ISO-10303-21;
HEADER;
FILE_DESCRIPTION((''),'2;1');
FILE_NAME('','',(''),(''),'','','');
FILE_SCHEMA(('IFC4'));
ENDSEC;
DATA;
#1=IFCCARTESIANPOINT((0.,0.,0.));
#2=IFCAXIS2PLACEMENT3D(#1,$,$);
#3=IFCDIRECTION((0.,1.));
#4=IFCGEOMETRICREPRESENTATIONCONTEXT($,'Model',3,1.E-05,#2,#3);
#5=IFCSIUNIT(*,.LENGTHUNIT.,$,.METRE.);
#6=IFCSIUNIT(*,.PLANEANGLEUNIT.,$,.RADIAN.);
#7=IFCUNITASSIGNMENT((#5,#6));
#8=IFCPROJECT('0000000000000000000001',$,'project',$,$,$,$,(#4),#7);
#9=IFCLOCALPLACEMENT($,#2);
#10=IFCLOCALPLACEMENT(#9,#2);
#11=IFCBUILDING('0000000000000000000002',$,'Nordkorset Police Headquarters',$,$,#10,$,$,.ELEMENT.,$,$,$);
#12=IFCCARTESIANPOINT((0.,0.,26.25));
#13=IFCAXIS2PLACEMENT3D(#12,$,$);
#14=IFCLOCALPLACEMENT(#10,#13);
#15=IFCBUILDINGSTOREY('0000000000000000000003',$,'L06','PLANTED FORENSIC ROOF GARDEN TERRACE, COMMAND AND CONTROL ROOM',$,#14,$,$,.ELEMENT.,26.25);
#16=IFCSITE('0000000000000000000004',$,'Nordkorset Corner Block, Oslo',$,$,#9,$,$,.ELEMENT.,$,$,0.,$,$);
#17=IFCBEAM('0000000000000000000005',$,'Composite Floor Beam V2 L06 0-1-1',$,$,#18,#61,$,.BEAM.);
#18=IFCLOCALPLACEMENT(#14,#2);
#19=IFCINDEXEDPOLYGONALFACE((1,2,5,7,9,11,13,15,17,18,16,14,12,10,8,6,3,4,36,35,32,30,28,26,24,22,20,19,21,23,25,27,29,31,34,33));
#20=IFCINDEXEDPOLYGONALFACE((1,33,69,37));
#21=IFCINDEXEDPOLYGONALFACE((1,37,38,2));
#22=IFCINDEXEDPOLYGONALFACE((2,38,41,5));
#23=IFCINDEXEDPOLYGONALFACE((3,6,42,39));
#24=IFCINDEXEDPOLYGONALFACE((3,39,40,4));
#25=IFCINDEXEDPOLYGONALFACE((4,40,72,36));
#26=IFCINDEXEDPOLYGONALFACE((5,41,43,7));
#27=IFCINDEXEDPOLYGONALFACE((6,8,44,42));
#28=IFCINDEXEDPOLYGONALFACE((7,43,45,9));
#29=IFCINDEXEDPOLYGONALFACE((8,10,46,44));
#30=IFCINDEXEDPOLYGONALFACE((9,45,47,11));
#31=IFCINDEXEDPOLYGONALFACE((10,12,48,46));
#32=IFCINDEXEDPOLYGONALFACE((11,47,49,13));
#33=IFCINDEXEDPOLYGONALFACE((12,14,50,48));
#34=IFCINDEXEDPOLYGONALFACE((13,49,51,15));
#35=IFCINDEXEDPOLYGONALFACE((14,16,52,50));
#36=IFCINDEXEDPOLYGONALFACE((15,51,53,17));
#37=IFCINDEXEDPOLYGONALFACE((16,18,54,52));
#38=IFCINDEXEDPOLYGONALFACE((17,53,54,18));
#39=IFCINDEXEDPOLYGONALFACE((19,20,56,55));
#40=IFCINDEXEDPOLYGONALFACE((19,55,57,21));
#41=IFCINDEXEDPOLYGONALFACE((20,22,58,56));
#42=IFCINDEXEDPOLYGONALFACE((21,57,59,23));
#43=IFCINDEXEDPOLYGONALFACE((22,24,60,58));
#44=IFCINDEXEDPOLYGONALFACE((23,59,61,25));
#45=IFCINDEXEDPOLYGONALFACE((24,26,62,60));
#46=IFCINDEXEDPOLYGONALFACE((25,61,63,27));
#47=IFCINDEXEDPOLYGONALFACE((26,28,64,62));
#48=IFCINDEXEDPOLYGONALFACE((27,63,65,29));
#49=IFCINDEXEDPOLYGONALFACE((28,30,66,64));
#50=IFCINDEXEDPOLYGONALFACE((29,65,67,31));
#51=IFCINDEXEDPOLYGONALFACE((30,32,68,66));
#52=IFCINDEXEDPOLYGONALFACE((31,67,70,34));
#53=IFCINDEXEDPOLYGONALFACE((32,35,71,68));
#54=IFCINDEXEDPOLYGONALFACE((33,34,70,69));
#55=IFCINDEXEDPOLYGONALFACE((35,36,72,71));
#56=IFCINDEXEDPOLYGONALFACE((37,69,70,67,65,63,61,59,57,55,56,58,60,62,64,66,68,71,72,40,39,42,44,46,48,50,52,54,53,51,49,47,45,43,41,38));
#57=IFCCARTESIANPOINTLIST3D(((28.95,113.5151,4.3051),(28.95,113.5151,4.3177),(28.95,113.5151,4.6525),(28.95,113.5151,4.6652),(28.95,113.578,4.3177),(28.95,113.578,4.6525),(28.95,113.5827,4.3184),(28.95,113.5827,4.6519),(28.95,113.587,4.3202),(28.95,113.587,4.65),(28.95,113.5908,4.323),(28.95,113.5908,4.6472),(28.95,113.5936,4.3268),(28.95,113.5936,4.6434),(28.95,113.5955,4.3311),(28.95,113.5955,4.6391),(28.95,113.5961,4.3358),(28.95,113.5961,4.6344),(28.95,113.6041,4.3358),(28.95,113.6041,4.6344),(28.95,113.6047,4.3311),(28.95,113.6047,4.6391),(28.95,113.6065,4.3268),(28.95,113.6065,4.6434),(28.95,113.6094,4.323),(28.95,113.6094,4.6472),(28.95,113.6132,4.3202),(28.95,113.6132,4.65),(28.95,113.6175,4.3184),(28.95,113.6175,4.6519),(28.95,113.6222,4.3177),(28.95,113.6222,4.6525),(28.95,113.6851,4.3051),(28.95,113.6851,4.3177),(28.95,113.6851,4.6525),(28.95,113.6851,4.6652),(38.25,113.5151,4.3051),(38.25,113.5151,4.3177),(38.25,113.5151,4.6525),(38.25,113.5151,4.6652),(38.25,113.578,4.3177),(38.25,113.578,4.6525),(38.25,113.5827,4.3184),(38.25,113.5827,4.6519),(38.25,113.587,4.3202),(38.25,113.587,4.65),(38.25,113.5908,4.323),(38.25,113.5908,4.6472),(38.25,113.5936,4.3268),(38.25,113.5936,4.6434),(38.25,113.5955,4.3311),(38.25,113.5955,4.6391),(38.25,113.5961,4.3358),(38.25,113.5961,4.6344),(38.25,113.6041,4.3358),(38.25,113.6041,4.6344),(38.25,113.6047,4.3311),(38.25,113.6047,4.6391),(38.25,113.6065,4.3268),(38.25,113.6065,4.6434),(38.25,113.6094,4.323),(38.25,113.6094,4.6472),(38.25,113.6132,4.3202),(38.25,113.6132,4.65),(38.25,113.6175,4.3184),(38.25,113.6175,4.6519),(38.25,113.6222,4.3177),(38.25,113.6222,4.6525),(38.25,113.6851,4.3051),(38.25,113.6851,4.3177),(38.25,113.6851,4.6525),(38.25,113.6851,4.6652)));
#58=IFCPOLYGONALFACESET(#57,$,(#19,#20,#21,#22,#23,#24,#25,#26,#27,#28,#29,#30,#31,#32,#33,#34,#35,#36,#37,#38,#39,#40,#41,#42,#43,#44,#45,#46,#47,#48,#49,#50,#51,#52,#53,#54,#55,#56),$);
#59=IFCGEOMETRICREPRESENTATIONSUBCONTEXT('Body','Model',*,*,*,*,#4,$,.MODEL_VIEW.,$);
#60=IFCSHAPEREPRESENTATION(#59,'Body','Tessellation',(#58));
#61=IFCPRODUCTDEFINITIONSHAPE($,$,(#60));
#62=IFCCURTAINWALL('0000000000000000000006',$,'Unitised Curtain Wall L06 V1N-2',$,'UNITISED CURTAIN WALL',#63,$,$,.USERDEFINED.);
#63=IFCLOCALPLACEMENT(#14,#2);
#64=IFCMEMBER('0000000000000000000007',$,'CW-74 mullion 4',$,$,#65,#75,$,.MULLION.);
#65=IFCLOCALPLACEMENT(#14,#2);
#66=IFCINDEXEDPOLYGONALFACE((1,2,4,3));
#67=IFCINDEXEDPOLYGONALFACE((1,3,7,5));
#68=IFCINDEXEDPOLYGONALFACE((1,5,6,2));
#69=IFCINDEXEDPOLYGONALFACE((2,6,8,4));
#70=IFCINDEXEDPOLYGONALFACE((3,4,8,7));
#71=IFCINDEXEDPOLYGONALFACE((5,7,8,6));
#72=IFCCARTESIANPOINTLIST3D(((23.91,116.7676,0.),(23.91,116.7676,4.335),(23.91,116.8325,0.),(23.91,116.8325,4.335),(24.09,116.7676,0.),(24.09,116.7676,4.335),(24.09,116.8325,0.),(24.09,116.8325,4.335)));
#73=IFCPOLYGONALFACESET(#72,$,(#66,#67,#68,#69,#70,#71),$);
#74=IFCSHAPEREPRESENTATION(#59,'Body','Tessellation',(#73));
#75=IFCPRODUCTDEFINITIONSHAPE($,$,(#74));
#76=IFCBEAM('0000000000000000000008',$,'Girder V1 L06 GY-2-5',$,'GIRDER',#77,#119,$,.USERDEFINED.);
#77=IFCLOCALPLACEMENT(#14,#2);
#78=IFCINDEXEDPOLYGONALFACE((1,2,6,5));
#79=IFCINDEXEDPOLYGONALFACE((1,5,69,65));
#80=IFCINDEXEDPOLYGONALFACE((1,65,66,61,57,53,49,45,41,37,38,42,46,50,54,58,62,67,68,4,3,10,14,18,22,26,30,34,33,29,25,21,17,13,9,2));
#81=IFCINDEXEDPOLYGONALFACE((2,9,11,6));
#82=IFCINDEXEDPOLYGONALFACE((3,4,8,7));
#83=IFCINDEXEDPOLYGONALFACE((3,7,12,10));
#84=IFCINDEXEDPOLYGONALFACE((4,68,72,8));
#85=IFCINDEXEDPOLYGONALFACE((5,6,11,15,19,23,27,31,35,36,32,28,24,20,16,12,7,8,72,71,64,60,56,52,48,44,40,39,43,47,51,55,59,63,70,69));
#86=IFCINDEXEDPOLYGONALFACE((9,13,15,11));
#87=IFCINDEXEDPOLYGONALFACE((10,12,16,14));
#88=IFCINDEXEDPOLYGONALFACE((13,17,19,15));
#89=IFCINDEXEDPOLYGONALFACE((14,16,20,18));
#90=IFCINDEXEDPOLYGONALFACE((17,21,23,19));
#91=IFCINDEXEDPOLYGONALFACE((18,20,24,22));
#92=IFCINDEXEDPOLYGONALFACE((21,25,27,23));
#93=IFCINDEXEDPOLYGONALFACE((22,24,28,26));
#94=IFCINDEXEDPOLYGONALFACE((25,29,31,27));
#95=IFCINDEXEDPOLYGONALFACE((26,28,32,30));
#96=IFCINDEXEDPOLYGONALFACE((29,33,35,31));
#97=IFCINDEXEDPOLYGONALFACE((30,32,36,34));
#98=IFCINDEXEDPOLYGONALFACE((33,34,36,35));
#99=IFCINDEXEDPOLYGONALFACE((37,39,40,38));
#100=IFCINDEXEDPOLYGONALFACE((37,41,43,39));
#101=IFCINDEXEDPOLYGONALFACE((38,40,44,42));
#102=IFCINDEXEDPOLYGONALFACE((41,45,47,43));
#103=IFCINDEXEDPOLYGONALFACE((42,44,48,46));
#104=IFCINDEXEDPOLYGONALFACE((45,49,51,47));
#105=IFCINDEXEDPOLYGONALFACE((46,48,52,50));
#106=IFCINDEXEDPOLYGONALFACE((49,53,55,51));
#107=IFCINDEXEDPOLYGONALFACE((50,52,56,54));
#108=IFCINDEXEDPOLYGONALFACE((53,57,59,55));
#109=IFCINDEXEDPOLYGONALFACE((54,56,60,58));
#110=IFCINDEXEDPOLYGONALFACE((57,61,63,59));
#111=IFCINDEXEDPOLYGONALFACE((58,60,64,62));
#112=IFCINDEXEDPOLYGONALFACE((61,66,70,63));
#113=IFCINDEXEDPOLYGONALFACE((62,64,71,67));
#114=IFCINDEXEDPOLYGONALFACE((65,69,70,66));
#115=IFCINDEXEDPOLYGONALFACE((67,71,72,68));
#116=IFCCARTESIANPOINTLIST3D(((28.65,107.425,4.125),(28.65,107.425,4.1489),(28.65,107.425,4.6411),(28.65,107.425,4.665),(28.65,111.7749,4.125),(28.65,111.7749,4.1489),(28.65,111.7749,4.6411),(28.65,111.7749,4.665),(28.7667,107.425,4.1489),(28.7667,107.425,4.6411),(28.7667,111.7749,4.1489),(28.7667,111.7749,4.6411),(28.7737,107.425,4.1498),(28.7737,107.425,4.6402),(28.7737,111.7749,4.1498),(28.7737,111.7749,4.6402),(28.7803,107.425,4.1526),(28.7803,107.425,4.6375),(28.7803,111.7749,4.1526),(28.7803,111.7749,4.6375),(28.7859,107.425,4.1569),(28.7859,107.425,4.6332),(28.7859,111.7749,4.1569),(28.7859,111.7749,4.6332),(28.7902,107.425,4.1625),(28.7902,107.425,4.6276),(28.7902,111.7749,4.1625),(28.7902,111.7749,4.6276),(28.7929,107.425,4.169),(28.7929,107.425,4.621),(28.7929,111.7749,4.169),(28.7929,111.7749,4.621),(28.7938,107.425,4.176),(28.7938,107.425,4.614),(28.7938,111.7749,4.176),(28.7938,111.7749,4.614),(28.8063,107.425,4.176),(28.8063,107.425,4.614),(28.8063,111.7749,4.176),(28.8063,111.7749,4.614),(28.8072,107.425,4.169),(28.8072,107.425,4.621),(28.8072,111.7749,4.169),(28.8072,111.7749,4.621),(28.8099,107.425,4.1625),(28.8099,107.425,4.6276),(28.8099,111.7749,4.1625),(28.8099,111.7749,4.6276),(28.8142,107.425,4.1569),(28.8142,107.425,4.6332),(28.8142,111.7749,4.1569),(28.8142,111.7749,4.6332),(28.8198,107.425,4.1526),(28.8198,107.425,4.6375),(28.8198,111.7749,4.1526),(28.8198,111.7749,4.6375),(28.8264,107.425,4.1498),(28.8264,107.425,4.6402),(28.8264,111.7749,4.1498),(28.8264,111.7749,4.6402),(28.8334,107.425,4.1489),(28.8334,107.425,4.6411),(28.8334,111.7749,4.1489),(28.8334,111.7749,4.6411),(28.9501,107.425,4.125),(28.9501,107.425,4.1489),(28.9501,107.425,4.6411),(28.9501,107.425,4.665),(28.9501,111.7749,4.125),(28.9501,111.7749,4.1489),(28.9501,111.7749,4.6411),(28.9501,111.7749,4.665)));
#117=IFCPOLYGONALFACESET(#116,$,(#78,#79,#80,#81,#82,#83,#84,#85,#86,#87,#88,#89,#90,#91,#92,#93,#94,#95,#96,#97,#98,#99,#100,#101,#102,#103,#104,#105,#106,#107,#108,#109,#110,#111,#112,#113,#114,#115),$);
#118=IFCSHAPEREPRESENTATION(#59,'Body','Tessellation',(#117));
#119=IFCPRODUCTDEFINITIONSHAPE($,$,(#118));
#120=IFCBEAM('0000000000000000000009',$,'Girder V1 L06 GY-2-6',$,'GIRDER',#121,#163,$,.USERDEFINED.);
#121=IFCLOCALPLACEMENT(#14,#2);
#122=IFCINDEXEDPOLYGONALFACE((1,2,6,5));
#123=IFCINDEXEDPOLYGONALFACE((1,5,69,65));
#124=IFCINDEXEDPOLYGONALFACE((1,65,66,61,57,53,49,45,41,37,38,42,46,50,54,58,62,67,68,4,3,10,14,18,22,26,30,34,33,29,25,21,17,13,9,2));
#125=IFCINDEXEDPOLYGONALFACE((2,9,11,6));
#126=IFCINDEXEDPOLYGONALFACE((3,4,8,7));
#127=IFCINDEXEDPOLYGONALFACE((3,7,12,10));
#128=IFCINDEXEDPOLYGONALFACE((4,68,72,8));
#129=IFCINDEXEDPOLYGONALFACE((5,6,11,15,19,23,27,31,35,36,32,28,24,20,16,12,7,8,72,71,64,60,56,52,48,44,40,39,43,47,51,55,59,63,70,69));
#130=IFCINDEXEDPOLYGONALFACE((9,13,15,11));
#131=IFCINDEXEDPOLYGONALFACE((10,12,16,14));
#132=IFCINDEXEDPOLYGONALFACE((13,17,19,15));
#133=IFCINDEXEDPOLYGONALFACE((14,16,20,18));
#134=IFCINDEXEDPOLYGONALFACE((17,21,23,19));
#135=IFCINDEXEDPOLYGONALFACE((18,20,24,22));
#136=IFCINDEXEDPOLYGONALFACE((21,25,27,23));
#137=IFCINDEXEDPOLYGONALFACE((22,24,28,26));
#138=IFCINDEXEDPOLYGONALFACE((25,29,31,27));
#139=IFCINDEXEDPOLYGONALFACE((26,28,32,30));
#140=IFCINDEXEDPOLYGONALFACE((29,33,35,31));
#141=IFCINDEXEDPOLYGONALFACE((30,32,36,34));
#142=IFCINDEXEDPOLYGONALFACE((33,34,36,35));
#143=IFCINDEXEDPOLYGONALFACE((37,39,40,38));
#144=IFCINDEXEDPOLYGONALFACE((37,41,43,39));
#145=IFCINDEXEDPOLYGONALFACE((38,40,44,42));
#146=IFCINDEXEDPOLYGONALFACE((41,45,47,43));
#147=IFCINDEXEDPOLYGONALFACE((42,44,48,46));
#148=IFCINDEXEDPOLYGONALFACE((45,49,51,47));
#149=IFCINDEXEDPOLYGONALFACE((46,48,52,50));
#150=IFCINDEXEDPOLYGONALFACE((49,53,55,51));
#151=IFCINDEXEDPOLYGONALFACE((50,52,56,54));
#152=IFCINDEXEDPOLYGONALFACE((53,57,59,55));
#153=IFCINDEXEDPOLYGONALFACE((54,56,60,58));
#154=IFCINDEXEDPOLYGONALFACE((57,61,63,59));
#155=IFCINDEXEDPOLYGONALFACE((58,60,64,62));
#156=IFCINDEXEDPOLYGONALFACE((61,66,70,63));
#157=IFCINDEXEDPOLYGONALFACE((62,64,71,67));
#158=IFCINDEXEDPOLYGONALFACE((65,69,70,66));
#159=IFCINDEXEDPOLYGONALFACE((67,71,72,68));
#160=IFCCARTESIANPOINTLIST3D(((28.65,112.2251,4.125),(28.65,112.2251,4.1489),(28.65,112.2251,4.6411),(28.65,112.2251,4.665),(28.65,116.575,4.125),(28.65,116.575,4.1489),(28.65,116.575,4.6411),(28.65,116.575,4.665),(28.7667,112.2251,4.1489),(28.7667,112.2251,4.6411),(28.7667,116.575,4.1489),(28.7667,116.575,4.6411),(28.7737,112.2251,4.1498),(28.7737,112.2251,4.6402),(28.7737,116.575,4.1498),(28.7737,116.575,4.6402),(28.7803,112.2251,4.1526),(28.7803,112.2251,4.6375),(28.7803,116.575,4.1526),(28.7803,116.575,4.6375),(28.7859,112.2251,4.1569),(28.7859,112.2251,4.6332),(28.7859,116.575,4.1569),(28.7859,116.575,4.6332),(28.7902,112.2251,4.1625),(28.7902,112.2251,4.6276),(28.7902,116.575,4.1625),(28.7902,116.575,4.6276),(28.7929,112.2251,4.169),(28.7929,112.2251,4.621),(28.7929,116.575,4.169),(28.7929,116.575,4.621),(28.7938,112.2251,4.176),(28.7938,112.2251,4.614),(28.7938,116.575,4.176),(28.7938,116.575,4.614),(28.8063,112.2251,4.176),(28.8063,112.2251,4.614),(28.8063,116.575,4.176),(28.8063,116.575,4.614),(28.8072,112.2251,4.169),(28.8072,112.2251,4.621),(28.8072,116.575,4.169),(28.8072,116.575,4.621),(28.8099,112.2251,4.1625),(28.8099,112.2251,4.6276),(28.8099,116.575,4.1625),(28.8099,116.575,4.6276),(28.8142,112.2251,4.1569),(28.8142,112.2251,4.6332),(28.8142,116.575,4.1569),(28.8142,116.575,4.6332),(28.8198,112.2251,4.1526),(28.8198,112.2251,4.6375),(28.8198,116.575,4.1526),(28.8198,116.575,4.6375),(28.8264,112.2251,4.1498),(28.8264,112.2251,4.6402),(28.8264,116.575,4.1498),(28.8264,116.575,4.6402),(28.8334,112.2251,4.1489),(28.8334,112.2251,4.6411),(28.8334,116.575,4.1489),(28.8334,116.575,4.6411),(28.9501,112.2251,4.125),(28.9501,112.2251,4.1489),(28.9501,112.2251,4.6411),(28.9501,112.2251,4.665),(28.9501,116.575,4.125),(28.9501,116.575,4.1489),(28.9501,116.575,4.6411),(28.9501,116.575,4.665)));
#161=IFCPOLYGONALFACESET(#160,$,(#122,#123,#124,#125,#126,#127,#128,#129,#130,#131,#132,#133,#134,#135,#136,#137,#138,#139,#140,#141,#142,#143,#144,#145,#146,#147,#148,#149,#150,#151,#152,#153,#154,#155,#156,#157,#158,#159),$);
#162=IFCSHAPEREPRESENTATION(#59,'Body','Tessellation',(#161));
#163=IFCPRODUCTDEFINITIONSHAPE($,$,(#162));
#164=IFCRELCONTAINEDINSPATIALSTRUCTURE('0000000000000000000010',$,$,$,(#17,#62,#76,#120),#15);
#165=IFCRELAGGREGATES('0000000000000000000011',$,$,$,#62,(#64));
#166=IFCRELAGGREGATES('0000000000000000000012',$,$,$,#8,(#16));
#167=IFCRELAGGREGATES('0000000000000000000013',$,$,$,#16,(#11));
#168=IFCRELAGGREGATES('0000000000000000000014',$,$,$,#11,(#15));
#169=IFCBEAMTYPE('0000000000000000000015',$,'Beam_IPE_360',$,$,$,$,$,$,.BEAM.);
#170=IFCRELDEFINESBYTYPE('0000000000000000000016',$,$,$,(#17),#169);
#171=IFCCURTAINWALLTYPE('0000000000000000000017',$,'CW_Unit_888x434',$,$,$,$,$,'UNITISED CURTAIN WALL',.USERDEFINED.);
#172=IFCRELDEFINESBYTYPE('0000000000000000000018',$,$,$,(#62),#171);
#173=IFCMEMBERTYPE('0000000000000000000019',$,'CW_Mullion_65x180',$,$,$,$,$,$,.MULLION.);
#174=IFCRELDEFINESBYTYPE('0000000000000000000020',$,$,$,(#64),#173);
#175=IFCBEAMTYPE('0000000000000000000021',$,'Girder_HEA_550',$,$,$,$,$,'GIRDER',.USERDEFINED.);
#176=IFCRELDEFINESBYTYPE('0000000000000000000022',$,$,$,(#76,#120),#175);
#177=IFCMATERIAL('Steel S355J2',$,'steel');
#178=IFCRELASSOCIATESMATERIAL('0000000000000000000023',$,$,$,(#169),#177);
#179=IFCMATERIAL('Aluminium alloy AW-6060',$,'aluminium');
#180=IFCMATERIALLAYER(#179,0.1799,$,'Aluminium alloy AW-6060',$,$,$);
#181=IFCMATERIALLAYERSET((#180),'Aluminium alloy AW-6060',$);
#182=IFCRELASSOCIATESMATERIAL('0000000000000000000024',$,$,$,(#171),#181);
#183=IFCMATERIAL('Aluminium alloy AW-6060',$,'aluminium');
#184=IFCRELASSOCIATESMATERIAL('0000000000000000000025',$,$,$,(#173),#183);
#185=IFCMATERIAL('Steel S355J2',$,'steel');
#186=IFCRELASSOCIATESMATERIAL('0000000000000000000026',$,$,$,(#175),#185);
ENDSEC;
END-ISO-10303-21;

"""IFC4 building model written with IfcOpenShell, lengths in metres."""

from ifc_helpers import new_model, si_unit, direction, frame, origin, origin_2d, place, context, subcontext, project, spatial, rectangle, i_section, extrude, material, layer, layer_set, material_profile, profile_set, type_object, element, aggregate, save


model = new_model("IFC4")

# Units and contexts
model_context = context("Model", 3, precision=1e-05, world=origin(), true_north=direction((0.0, 1.0)))
body_context = subcontext(model_context, "Body", "Model", "MODEL_VIEW")
ifc_project = project(units=[si_unit("LENGTHUNIT", "METRE"), si_unit("PLANEANGLEUNIT", "RADIAN")], contexts=[model_context])

# Site, building, storey
site_placement = place(None, origin())
site = spatial("IfcSite", under=ifc_project, at=site_placement, Name="Nordkorset Corner Block, Oslo", CompositionType="ELEMENT", RefElevation=0.0)
building_placement = place(site_placement, origin())
building = spatial("IfcBuilding", under=site, at=building_placement, Name="Nordkorset Police Headquarters", CompositionType="ELEMENT")
storey_placement = place(building_placement, frame((0.0, 0.0, 26.25)))
storey = spatial("IfcBuildingStorey", under=building, at=storey_placement, Name="L06", Description="PLANTED FORENSIC ROOF GARDEN TERRACE, COMMAND AND CONTROL ROOM", CompositionType="ELEMENT", Elevation=26.25)

# Beam
ifc_material_1 = material(Name="Steel S355J2", Category="steel")
ifc_material_profile_1 = material_profile(ifc_material_1, i_section(OverallWidth=0.1699, OverallDepth=0.3601, WebThickness=0.0081, FlangeThickness=0.0127, FilletRadius=0.0181, at=origin_2d()), Name="IPE 360")
ifc_profile_set_1 = profile_set([ifc_material_profile_1], Name="Steel S355J2")
beam_type_1 = type_object("IfcBeamType", Name="Beam_IPE_360", PredefinedType="BEAM", material=ifc_profile_set_1)
for number, where, z_axis, x_axis, name in (
    (1, (28.95, 113.6001, 4.4851), (1.0, 0.0, 0.0), (0.0, 1.0, 0.0), "Composite Floor Beam V2 L06 0-1-1"),
):
    element("IfcBeam", number, at=place(storey_placement, frame(where, z_axis=z_axis, x_axis=x_axis)), inside=storey, type_object=beam_type_1, Name=name, PredefinedType="BEAM", context=body_context, shape_type="SweptSolid", body=[
        extrude(i_section(OverallWidth=0.1699, OverallDepth=0.3601, WebThickness=0.0081, FlangeThickness=0.0127, FilletRadius=0.0181, at=origin_2d()), origin(), (0.0, 0.0, 1.0), 9.3),
    ])

# Curtain wall, member
ifc_material_2 = material(Name="Aluminium alloy AW-6060", Category="aluminium")
ifc_layer_1 = layer(ifc_material_2, 0.1799, Name="Aluminium alloy AW-6060")
ifc_layer_set_1 = layer_set([ifc_layer_1], Name="Aluminium alloy AW-6060")
curtain_wall_type = type_object("IfcCurtainWallType", Name="CW_Unit_888x434", ElementType="UNITISED CURTAIN WALL", PredefinedType="USERDEFINED", material=ifc_layer_set_1)
curtain_wall_placement = place(storey_placement, origin())
curtain_wall = element("IfcCurtainWall", 2, at=curtain_wall_placement, inside=storey, type_object=curtain_wall_type, Name="Unitised Curtain Wall L06 V1N-2", ObjectType="UNITISED CURTAIN WALL", PredefinedType="USERDEFINED")
ifc_material_3 = material(Name="Aluminium alloy AW-6060", Category="aluminium")
ifc_material_profile_2 = material_profile(ifc_material_3, rectangle(XDim=0.0649, YDim=0.1799, at=origin_2d()), Name="ALU MULL 65x180")
ifc_profile_set_2 = profile_set([ifc_material_profile_2], Name="Aluminium alloy AW-6060")
member_type = type_object("IfcMemberType", Name="CW_Mullion_65x180", PredefinedType="MULLION", material=ifc_profile_set_2)
member_placement = place(storey_placement, frame((24.0, 116.8, 0.0), z_axis=(0.0, 0.0, 1.0), x_axis=(0.0, 1.0, 0.0)))
member = element("IfcMember", 3, at=member_placement, type_object=member_type, Name="CW-74 mullion 4", PredefinedType="MULLION", context=body_context, shape_type="SweptSolid", body=[
    extrude(rectangle(XDim=0.0649, YDim=0.1799, at=origin_2d()), origin(), (0.0, 0.0, 1.0), 4.335),
])
aggregate(curtain_wall, [member])

# Beams
ifc_material_4 = material(Name="Steel S355J2", Category="steel")
ifc_material_profile_3 = material_profile(ifc_material_4, i_section(OverallWidth=0.3, OverallDepth=0.54, WebThickness=0.0125, FlangeThickness=0.0239, FilletRadius=0.0271, at=origin_2d()), Name="HEA 550")
ifc_profile_set_3 = profile_set([ifc_material_profile_3], Name="Steel S355J2")
beam_type_2 = type_object("IfcBeamType", Name="Girder_HEA_550", ElementType="GIRDER", PredefinedType="USERDEFINED", material=ifc_profile_set_3)
for number, where, z_axis, x_axis, name in (
    (4, (28.8, 107.425, 4.395), (0.0, 1.0, 0.0), (-1.0, 0.0, 0.0), "Girder V1 L06 GY-2-5"),
    (5, (28.8, 112.2251, 4.395), (0.0, 1.0, 0.0), (-1.0, 0.0, 0.0), "Girder V1 L06 GY-2-6"),
):
    element("IfcBeam", number, at=place(storey_placement, frame(where, z_axis=z_axis, x_axis=x_axis)), inside=storey, type_object=beam_type_2, Name=name, ObjectType="GIRDER", PredefinedType="USERDEFINED", context=body_context, shape_type="SweptSolid", body=[
        extrude(i_section(OverallWidth=0.3, OverallDepth=0.54, WebThickness=0.0125, FlangeThickness=0.0239, FilletRadius=0.0271, at=origin_2d()), origin(), (0.0, 0.0, 1.0), 4.3499),
    ])

save(model, "model.ifc")
